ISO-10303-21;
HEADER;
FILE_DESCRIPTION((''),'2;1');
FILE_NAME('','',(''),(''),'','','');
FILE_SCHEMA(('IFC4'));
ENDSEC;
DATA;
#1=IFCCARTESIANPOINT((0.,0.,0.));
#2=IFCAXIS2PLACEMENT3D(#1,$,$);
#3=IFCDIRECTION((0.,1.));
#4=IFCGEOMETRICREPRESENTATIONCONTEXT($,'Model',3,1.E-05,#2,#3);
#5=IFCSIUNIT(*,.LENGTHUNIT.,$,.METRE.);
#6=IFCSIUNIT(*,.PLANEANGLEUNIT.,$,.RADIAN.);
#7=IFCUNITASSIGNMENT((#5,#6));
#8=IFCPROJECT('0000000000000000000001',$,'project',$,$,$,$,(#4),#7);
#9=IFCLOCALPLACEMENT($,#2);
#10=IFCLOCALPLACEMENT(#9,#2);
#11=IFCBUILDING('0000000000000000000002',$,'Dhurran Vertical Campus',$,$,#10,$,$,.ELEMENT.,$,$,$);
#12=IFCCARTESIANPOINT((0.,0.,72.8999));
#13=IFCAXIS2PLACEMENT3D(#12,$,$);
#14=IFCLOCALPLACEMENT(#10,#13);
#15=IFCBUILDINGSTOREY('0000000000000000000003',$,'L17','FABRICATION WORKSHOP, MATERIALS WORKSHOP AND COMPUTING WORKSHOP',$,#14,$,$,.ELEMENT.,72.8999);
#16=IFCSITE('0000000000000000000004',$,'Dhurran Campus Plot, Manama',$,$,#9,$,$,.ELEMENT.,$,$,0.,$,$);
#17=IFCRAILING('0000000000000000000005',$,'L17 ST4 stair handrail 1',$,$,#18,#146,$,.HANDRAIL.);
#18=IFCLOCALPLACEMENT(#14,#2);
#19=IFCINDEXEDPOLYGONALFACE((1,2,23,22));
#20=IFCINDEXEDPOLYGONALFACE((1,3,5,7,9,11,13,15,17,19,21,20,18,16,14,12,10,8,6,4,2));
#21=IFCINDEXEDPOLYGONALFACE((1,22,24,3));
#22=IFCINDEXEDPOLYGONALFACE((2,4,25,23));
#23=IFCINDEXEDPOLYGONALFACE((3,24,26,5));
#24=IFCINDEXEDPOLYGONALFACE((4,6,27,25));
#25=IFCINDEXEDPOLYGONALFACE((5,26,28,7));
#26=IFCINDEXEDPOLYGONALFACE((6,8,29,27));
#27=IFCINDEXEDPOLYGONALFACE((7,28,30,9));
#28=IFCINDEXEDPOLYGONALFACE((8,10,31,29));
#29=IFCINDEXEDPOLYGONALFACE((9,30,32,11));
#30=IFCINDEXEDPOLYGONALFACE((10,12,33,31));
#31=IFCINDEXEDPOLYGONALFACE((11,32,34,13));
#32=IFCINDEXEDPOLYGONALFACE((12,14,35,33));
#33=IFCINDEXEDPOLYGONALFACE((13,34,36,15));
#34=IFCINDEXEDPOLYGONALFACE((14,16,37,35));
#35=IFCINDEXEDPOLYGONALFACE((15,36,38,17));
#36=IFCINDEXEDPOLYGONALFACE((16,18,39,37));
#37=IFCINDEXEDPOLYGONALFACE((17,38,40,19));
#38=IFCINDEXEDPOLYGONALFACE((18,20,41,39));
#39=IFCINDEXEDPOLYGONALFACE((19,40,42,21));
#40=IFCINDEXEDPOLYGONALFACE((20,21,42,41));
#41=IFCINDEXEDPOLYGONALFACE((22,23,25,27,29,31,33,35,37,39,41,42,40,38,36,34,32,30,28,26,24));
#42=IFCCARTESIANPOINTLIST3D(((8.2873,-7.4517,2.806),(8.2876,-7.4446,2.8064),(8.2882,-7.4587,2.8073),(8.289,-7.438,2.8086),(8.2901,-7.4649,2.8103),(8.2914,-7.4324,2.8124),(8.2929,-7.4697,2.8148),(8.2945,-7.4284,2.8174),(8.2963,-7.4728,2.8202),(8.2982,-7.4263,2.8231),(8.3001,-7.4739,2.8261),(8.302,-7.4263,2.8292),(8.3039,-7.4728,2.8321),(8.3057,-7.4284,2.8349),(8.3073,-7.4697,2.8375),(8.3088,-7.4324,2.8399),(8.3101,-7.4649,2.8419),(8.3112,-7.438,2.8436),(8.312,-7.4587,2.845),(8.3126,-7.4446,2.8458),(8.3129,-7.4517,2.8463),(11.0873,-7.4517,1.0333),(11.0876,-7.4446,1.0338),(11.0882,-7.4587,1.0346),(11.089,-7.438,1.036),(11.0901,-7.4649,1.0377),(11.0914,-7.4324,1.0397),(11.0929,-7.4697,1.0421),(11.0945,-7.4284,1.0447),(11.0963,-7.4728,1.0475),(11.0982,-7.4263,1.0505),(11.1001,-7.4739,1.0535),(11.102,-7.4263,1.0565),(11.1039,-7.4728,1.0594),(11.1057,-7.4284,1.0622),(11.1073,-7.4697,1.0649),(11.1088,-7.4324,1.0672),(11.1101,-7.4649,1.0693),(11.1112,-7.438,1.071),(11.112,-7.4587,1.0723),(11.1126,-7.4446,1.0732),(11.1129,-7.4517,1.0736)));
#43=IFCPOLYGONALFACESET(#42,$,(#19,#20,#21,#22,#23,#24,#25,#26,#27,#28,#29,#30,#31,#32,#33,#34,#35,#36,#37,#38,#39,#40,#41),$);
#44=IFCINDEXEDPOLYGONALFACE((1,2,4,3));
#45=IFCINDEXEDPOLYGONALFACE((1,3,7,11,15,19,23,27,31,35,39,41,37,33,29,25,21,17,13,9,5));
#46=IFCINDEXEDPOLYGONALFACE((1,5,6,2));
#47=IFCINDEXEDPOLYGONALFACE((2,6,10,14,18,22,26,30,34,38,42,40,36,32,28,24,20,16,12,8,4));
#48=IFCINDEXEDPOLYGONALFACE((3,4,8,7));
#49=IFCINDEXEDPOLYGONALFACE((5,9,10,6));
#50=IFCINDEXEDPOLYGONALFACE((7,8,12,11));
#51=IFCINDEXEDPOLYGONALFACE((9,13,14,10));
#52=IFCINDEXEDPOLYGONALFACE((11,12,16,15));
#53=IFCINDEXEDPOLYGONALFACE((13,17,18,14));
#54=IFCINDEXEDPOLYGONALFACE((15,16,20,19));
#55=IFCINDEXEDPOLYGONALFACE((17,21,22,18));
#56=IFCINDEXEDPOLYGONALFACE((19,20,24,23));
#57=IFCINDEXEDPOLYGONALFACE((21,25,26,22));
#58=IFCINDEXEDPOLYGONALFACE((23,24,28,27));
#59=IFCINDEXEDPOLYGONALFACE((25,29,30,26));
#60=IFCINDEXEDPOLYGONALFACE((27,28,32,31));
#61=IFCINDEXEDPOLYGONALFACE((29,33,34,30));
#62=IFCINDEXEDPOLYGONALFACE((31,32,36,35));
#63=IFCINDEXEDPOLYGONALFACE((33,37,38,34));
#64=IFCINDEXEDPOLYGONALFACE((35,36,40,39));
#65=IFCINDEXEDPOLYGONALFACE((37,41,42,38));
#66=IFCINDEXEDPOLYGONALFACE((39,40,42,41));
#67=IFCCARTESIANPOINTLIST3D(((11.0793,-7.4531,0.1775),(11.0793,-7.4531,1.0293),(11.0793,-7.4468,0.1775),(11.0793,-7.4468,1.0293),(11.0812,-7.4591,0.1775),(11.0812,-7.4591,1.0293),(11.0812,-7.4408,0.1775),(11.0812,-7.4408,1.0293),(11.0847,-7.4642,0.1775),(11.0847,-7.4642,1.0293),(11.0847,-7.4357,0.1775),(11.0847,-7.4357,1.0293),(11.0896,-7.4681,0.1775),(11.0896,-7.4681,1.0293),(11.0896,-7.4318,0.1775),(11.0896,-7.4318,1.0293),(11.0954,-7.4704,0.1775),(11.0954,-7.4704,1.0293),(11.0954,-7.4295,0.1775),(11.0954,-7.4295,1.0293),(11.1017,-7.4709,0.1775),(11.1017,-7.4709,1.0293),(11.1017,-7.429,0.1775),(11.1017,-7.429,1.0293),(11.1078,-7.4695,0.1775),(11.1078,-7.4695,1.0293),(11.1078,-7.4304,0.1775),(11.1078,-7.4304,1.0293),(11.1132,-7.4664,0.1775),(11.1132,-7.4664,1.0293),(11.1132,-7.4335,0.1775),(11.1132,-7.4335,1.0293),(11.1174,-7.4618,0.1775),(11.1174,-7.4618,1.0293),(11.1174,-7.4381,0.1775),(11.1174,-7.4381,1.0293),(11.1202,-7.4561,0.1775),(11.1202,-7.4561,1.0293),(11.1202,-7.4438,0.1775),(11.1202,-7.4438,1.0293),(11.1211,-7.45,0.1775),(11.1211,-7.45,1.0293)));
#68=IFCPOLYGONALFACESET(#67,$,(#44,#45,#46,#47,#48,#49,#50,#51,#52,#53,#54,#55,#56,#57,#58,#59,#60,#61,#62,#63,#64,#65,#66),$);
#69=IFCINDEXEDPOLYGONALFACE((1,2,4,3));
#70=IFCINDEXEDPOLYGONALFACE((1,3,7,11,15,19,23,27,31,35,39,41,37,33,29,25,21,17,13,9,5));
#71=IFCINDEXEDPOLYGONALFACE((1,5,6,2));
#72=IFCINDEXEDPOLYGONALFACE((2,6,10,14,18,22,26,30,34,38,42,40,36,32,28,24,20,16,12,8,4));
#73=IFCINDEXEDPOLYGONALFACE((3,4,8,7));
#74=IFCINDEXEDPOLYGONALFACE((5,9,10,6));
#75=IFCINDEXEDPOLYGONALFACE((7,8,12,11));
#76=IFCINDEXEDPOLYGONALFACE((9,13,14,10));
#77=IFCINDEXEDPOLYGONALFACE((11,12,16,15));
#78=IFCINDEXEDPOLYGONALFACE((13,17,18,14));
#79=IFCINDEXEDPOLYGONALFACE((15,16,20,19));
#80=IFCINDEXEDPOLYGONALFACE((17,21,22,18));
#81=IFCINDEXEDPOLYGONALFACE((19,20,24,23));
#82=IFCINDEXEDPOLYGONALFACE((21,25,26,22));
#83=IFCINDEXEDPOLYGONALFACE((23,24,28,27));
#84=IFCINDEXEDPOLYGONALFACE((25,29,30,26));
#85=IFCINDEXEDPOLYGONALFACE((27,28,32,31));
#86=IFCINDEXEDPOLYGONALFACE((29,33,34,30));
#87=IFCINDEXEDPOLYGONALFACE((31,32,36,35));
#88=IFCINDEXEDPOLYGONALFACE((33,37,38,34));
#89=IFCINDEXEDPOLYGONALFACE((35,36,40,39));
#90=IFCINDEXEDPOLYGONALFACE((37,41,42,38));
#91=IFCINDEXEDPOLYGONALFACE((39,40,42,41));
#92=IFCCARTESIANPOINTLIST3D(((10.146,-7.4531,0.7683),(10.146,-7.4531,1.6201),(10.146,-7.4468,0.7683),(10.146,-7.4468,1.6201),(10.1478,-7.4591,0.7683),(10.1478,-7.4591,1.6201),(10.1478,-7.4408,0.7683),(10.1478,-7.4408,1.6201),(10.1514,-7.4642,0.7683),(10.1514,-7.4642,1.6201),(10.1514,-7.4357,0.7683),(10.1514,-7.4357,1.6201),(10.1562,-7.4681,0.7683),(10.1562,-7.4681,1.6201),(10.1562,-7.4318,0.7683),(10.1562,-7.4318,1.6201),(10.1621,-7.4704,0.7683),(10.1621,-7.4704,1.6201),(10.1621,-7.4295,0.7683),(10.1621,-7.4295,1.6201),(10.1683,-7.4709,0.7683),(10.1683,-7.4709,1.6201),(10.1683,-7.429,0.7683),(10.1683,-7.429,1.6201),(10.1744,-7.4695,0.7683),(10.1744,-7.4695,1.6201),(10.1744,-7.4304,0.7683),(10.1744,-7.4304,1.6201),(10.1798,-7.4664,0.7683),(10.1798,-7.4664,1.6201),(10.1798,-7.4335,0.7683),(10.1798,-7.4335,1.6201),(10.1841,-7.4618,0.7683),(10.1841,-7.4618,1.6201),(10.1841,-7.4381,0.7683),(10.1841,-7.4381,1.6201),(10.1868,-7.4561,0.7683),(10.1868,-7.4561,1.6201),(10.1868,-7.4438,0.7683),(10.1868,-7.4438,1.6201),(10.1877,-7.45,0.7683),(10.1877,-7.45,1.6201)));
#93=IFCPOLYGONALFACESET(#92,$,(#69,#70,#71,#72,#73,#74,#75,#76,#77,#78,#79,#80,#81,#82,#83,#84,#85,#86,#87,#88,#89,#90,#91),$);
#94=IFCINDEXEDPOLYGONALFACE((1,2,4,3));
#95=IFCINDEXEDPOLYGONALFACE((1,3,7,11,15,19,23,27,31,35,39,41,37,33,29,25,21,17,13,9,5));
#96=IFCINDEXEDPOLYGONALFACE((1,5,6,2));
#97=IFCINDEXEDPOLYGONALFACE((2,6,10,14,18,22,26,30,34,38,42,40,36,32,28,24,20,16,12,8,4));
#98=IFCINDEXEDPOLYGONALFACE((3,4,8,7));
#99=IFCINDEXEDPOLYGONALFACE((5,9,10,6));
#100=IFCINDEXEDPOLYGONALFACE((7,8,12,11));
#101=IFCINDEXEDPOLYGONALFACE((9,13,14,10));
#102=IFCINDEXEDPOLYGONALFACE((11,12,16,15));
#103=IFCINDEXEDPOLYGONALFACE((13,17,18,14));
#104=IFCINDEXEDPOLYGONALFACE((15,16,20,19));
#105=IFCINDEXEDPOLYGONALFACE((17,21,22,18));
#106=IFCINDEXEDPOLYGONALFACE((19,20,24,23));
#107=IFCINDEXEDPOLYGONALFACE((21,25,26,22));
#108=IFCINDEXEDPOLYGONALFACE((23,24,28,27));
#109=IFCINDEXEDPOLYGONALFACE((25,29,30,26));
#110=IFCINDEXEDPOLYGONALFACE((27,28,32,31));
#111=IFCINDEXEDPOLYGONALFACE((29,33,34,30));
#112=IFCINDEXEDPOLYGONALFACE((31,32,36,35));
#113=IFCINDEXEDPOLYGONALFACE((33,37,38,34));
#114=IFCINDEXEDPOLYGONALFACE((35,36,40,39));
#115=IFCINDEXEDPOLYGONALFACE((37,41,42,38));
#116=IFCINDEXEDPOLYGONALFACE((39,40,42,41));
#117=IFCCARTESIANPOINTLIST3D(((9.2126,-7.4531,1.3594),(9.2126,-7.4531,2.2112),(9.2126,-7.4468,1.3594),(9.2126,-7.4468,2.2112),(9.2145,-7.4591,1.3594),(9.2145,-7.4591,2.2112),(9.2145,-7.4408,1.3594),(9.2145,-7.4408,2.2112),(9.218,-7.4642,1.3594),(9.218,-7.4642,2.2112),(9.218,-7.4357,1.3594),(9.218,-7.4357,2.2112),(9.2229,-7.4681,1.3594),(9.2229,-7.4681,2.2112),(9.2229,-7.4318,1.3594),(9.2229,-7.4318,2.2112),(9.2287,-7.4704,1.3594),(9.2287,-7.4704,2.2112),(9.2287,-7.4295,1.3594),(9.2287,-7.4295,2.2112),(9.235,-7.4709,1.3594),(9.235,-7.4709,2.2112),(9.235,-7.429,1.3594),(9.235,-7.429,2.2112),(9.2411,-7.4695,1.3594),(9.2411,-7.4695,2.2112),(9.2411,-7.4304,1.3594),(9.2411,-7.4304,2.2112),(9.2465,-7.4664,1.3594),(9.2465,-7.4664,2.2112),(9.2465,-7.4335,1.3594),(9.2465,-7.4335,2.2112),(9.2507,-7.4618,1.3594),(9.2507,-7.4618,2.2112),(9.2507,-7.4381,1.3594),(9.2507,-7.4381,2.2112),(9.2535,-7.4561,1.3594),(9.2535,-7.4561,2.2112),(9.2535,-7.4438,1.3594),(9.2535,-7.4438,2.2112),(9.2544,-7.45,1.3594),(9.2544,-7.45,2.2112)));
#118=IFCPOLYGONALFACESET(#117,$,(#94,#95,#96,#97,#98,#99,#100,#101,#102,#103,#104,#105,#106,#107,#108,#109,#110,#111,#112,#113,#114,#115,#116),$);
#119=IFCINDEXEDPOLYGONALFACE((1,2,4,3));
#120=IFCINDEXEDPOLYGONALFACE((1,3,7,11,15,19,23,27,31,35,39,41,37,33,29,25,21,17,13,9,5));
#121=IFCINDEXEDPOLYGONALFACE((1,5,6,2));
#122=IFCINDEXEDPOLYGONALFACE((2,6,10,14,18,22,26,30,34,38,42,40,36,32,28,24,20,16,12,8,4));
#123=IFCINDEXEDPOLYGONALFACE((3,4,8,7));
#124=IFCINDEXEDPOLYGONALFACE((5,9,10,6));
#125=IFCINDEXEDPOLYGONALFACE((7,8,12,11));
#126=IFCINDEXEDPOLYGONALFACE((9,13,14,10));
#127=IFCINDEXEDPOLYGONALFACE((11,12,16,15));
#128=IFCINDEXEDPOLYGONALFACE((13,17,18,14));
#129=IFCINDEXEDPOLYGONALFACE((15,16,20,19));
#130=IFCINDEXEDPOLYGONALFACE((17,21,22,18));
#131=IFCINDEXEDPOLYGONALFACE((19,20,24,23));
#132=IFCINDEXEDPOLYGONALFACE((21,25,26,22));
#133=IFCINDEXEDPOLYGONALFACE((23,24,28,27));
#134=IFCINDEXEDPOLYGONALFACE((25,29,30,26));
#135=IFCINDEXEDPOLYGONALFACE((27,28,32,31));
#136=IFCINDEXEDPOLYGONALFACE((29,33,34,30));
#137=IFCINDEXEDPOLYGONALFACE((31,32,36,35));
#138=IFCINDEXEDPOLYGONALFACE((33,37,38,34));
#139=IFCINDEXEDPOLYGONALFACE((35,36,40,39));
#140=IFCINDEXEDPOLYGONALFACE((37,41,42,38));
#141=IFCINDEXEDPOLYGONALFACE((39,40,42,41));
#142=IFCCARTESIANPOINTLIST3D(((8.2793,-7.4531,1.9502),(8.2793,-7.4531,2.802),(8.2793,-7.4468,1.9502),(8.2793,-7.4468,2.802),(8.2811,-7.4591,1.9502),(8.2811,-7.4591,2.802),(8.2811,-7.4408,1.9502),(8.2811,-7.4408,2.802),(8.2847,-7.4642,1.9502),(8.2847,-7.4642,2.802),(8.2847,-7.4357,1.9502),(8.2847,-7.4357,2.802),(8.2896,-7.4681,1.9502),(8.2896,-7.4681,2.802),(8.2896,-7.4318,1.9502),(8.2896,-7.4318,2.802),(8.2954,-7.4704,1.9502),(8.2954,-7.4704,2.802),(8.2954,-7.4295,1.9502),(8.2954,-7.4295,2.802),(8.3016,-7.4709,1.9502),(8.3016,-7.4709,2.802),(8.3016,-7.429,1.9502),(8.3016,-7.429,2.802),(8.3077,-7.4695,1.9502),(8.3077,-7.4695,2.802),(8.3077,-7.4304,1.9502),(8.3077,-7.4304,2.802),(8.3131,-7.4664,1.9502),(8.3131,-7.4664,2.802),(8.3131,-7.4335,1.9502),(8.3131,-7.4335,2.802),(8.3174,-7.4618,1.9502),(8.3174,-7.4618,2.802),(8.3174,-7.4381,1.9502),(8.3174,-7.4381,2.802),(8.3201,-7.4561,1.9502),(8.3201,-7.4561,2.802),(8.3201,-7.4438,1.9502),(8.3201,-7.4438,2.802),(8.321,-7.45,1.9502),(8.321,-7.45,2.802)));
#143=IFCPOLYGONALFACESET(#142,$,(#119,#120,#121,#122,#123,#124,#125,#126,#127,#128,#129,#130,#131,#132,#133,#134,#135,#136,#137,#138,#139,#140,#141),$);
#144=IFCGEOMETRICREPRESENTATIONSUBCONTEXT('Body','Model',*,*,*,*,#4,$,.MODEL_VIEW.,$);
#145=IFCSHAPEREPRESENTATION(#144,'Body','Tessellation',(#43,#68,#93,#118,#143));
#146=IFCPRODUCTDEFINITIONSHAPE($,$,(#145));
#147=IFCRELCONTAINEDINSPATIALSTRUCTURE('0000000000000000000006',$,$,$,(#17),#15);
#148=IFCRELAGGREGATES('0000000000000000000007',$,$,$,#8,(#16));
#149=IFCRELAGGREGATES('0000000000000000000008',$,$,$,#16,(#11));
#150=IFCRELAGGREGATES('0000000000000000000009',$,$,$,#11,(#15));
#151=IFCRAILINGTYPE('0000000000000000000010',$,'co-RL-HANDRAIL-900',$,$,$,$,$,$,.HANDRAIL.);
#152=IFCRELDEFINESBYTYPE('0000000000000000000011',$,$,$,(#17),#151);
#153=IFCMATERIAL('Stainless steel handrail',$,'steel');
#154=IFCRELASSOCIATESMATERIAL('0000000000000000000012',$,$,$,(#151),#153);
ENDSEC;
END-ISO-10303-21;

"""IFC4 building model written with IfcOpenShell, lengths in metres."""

from ifc_helpers import new_model, si_unit, direction, frame, origin, origin_2d, place, context, subcontext, project, spatial, circle, extrude, material, type_object, element, save


model = new_model("IFC4")

# Units and contexts
model_context = context("Model", 3, precision=1e-05, world=origin(), true_north=direction((0.0, 1.0)))
body_context = subcontext(model_context, "Body", "Model", "MODEL_VIEW")
ifc_project = project(units=[si_unit("LENGTHUNIT", "METRE"), si_unit("PLANEANGLEUNIT", "RADIAN")], contexts=[model_context])

# Site, building, storey
site_placement = place(None, origin())
site = spatial("IfcSite", under=ifc_project, at=site_placement, Name="Dhurran Campus Plot, Manama", CompositionType="ELEMENT", RefElevation=0.0)
building_placement = place(site_placement, origin())
building = spatial("IfcBuilding", under=site, at=building_placement, Name="Dhurran Vertical Campus", CompositionType="ELEMENT")
storey_placement = place(building_placement, frame((0.0, 0.0, 72.8999)))
storey = spatial("IfcBuildingStorey", under=building, at=storey_placement, Name="L17", Description="FABRICATION WORKSHOP, MATERIALS WORKSHOP AND COMPUTING WORKSHOP", CompositionType="ELEMENT", Elevation=72.8999)

# Railing
ifc_material_1 = material(Name="Stainless steel handrail", Category="steel")
railing_type_1 = type_object("IfcRailingType", Name="co-RL-HANDRAIL-900", PredefinedType="HANDRAIL", material=ifc_material_1)
railing_1_placement = place(storey_placement, frame((11.1001, -7.45, 0.1775)))
element("IfcRailing", 1, at=railing_1_placement, inside=storey, type_object=railing_type_1, Name="L17 ST4 stair handrail 1", PredefinedType="HANDRAIL", context=body_context, shape_type="SweptSolid", body=[
    extrude(circle(Radius=0.0239, at=origin_2d()), frame((0.0, 0.0, 0.876), z_axis=(-0.844909, 0.0, 0.53491), x_axis=(0.0, -1.0, 0.0)), (0.0, 0.0, 1.0), 3.314),
    extrude(circle(Radius=0.021, at=origin_2d()), origin(), (0.0, 0.0, 1.0), 0.8518),
    extrude(circle(Radius=0.021, at=origin_2d()), frame((-0.9333, 0.0, 0.5908)), (0.0, 0.0, 1.0), 0.8518),
    extrude(circle(Radius=0.021, at=origin_2d()), frame((-1.8667, 0.0, 1.1819)), (0.0, 0.0, 1.0), 0.8518),
    extrude(circle(Radius=0.021, at=origin_2d()), frame((-2.8, 0.0, 1.7727)), (0.0, 0.0, 1.0), 0.8518),
])

save(model, "model.ifc")
